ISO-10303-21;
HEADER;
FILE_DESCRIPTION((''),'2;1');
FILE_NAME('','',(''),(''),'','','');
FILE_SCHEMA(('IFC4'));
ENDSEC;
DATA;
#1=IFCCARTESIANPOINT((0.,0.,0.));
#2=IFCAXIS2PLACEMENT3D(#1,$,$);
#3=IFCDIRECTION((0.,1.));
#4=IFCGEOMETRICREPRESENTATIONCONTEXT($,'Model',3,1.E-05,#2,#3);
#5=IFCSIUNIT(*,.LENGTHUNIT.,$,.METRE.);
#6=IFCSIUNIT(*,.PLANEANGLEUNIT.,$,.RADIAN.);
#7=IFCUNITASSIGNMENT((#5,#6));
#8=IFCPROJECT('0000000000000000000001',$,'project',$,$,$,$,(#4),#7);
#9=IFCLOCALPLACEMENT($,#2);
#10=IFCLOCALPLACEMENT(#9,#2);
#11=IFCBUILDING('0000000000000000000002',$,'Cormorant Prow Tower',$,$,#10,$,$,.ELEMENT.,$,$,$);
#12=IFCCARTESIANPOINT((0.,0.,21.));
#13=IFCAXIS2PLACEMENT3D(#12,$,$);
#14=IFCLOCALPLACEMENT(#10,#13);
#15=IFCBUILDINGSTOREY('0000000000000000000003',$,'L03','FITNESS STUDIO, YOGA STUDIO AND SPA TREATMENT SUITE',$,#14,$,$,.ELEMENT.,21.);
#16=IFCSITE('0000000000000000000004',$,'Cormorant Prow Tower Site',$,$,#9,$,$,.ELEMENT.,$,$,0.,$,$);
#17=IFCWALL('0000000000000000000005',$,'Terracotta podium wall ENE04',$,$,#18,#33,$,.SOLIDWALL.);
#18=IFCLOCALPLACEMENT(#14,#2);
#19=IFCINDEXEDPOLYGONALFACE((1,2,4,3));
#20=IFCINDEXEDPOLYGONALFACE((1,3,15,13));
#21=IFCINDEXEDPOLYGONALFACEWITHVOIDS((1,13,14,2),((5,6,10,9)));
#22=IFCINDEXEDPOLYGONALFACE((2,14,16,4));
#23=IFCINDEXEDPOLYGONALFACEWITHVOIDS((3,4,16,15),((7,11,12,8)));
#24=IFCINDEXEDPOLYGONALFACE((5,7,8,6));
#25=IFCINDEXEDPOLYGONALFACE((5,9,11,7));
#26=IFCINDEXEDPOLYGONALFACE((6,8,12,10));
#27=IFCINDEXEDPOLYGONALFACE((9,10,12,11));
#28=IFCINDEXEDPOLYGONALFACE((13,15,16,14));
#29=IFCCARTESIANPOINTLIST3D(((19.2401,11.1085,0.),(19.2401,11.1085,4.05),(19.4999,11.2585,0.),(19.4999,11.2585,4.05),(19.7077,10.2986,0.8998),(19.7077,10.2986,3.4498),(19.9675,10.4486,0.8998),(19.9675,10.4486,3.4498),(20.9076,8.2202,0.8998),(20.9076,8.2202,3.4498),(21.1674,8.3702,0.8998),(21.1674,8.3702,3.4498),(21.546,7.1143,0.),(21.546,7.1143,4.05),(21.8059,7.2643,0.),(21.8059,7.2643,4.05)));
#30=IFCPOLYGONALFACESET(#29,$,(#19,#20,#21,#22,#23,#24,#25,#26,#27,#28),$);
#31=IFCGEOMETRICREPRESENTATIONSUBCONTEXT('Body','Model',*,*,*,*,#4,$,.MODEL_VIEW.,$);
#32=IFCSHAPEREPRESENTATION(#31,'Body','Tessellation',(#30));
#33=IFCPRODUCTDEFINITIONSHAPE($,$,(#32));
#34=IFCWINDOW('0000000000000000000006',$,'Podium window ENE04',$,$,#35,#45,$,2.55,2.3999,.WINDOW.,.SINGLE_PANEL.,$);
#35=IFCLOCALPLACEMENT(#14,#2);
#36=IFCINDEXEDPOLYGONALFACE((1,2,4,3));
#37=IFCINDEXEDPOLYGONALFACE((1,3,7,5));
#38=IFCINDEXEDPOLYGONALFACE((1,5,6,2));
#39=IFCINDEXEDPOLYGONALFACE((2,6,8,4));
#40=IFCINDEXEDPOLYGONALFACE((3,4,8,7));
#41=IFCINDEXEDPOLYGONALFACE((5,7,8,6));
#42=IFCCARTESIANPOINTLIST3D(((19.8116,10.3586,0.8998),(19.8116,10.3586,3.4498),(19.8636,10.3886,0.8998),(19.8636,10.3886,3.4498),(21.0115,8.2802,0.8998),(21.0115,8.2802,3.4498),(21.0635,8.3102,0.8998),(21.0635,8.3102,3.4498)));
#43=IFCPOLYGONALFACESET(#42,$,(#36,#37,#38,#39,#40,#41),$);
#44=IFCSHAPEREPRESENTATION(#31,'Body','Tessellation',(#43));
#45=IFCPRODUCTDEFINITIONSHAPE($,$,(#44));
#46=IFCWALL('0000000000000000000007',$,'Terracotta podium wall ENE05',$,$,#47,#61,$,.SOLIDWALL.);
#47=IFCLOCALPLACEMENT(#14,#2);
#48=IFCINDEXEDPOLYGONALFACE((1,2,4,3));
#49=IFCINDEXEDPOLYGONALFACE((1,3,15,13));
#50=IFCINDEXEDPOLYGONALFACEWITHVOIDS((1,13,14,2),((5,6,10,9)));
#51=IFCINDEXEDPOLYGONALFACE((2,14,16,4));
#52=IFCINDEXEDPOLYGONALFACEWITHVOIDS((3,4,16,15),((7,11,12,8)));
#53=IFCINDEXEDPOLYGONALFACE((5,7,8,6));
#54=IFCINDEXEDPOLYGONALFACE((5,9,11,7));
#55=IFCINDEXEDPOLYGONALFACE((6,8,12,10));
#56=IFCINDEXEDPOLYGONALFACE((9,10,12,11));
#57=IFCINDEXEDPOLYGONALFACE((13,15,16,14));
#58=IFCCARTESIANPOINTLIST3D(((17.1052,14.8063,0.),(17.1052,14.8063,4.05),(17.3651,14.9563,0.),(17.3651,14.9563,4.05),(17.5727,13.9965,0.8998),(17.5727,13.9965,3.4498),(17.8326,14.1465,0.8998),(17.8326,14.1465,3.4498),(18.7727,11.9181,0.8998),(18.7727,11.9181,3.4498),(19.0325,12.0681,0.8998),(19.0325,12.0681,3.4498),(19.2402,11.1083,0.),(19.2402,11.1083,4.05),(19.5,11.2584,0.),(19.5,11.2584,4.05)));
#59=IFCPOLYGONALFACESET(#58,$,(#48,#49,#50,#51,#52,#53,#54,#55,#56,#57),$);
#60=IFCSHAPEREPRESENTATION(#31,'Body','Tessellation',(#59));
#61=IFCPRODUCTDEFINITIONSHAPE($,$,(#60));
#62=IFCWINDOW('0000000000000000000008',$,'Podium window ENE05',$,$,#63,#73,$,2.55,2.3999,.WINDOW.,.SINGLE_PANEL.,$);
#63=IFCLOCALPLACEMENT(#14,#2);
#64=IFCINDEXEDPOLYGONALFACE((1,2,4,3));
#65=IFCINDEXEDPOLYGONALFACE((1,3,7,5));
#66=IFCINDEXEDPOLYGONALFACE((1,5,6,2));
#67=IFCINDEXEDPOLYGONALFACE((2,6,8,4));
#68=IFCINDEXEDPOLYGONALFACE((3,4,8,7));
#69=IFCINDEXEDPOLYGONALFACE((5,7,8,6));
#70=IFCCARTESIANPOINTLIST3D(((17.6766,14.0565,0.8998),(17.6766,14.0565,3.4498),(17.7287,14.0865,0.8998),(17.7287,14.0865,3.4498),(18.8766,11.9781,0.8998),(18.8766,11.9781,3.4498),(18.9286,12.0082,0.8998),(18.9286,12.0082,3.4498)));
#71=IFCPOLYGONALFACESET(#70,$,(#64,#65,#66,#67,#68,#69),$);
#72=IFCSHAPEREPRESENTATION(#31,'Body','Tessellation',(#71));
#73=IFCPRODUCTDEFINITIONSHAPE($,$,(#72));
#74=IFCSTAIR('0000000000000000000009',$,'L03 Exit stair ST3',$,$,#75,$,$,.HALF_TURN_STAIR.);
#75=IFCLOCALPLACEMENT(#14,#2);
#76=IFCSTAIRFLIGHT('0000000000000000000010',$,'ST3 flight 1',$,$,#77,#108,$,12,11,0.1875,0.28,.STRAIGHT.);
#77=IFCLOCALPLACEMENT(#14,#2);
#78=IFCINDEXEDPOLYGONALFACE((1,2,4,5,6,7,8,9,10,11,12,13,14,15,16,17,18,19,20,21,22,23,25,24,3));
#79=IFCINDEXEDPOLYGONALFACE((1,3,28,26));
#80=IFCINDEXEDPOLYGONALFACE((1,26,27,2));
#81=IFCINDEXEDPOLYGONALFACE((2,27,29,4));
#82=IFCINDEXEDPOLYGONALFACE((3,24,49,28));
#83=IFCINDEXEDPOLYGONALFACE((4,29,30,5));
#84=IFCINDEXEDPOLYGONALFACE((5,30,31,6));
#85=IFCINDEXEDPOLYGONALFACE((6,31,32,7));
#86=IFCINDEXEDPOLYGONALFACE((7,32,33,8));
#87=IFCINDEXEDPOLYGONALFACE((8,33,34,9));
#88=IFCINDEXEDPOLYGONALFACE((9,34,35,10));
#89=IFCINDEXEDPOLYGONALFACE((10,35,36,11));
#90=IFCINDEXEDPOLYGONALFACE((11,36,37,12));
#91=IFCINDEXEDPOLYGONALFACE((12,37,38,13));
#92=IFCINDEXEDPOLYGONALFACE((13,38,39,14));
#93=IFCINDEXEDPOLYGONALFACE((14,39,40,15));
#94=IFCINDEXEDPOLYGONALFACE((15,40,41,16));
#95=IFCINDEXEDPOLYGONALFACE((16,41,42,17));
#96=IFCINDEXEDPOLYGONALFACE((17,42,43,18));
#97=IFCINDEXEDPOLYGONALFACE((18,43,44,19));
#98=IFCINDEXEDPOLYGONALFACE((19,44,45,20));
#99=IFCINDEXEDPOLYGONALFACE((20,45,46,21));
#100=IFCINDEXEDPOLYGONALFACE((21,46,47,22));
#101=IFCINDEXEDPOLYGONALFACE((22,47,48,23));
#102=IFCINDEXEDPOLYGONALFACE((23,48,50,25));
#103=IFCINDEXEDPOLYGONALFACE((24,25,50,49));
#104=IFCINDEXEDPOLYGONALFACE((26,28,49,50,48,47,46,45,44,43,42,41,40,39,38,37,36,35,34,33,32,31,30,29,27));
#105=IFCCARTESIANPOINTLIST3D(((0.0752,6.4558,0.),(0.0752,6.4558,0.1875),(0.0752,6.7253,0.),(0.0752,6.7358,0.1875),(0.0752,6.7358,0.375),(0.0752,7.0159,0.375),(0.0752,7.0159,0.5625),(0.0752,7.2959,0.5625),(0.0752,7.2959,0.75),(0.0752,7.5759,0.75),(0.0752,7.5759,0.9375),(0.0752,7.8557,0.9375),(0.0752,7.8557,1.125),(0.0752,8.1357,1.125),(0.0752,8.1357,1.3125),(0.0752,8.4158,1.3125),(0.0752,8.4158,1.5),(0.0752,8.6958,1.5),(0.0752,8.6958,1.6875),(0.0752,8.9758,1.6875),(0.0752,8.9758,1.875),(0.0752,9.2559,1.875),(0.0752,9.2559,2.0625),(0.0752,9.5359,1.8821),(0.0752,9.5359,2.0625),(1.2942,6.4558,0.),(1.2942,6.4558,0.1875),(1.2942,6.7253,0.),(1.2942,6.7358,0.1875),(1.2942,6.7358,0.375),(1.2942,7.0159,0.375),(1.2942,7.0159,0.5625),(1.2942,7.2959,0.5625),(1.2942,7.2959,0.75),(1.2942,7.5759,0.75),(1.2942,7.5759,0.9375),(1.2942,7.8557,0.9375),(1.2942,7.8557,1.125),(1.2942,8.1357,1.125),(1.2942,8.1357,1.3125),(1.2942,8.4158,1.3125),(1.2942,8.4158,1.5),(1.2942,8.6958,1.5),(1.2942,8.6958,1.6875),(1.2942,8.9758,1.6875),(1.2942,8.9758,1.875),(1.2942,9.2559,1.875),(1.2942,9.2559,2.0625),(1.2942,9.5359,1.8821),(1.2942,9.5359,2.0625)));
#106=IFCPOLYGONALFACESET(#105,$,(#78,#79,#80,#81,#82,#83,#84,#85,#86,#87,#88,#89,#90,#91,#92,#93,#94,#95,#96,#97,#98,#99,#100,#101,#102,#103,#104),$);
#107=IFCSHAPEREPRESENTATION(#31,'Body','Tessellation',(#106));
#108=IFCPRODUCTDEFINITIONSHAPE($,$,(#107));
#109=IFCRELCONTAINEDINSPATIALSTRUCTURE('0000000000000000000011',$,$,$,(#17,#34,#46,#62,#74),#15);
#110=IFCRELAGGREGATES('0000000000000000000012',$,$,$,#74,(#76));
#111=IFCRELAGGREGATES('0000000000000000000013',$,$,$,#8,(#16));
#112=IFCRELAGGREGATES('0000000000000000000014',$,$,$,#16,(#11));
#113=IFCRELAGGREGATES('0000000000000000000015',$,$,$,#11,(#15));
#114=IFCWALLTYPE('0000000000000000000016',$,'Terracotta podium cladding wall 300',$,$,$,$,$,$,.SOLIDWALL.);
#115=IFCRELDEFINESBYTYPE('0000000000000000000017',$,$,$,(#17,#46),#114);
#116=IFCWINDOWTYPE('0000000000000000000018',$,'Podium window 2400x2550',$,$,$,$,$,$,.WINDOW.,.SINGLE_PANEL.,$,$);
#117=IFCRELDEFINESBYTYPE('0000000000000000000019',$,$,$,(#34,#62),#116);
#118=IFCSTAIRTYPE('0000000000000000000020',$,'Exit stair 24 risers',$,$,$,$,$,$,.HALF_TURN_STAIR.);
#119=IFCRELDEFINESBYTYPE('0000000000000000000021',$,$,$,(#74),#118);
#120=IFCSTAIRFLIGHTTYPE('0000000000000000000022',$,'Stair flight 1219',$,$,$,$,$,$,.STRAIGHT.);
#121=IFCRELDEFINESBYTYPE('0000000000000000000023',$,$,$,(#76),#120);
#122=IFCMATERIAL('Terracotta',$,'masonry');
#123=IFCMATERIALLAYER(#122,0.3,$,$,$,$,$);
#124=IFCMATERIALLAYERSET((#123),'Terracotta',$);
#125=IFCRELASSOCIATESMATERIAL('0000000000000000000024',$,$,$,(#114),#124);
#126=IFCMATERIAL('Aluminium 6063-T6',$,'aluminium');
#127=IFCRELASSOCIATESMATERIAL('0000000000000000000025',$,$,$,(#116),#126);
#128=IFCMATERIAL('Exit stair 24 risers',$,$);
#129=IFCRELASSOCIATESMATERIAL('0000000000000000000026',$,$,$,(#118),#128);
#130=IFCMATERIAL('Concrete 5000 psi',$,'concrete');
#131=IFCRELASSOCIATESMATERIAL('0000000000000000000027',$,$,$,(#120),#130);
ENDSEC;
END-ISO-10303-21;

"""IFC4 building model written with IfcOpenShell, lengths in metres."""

from ifc_helpers import new_model, si_unit, direction, frame, frame_2d, origin, place, context, subcontext, project, spatial, polyline, rectangle, outline, extrude, material, layer, layer_set, type_object, element, fill, aggregate, save


model = new_model("IFC4")

# Units and contexts
model_context = context("Model", 3, precision=1e-05, world=origin(), true_north=direction((0.0, 1.0)))
body_context = subcontext(model_context, "Body", "Model", "MODEL_VIEW")
ifc_project = project(units=[si_unit("LENGTHUNIT", "METRE"), si_unit("PLANEANGLEUNIT", "RADIAN")], contexts=[model_context])

# Site, building, storey
site_placement = place(None, origin())
site = spatial("IfcSite", under=ifc_project, at=site_placement, Name="Cormorant Prow Tower Site", CompositionType="ELEMENT", RefElevation=0.0)
building_placement = place(site_placement, origin())
building = spatial("IfcBuilding", under=site, at=building_placement, Name="Cormorant Prow Tower", CompositionType="ELEMENT")
storey_placement = place(building_placement, frame((0.0, 0.0, 21.0)))
storey = spatial("IfcBuildingStorey", under=building, at=storey_placement, Name="L03", Description="FITNESS STUDIO, YOGA STUDIO AND SPA TREATMENT SUITE", CompositionType="ELEMENT", Elevation=21.0)

# Walls, openings, windows
ifc_material_1 = material(Name="Terracotta", Category="masonry")
ifc_layer_1 = layer(ifc_material_1, 0.3)
ifc_layer_set_1 = layer_set([ifc_layer_1], Name="Terracotta")
wall_type_1 = type_object("IfcWallType", Name="Terracotta podium cladding wall 300", PredefinedType="SOLIDWALL", material=ifc_layer_set_1)
wall_1_placement = place(storey_placement, frame((21.676, 7.1892, 0.0), z_axis=(0.0, 0.0, 1.0), x_axis=(-0.499982, 0.866036, 0.0)))
wall_1 = element("IfcWall", 1, at=wall_1_placement, inside=storey, type_object=wall_type_1, Name="Terracotta podium wall ENE04", PredefinedType="SOLIDWALL", context=body_context, shape_type="SweptSolid", body=[
    extrude(rectangle(XDim=4.6121, YDim=0.3, at=frame_2d((2.3062, 0.0))), origin(), (0.0, 0.0, 1.0), 4.05),
])
opening_1_placement = place(wall_1_placement, frame((1.2771, 0.0, 0.8999)))
opening_1 = element("IfcOpeningElement", 2, at=opening_1_placement, cuts=wall_1, PredefinedType="OPENING", context=body_context, shape_type="SweptSolid", body=[
    extrude(rectangle(XDim=2.3999, YDim=2.55, at=frame_2d((1.2, 1.2749))), frame((0.0, 0.1599, 0.0), z_axis=(0.0, -1.0, 0.0), x_axis=(1.0, 0.0, 0.0)), (0.0, 0.0, 1.0), 0.3201),
])
ifc_material_2 = material(Name="Aluminium 6063-T6", Category="aluminium")
window_type = type_object("IfcWindowType", Name="Podium window 2400x2550", PartitioningType="SINGLE_PANEL", PredefinedType="WINDOW", material=ifc_material_2)
window_1_placement = place(opening_1_placement, origin())
window_1 = element("IfcWindow", 3, at=window_1_placement, inside=storey, type_object=window_type, Name="Podium window ENE04", OverallHeight=2.55, OverallWidth=2.3999, PartitioningType="SINGLE_PANEL", PredefinedType="WINDOW", context=body_context, shape_type="SweptSolid", body=[
    extrude(rectangle(XDim=2.3999, YDim=2.55, at=frame_2d((1.2, 1.2749))), frame((0.0, 0.03, 0.0), z_axis=(0.0, -1.0, 0.0), x_axis=(1.0, 0.0, 0.0)), (0.0, 0.0, 1.0), 0.0601),
])
fill(opening_1, window_1)
wall_2_placement = place(storey_placement, frame((19.3701, 11.1833, 0.0), z_axis=(0.0, 0.0, 1.0), x_axis=(-0.499995, 0.866028, 0.0)))
wall_2 = element("IfcWall", 4, at=wall_2_placement, inside=storey, type_object=wall_type_1, Name="Terracotta podium wall ENE05", PredefinedType="SOLIDWALL", context=body_context, shape_type="SweptSolid", body=[
    extrude(rectangle(XDim=4.27, YDim=0.3, at=frame_2d((2.135, 0.0))), origin(), (0.0, 0.0, 1.0), 4.05),
])
opening_2_placement = place(wall_2_placement, frame((0.9351, 0.0, 0.8999)))
opening_2 = element("IfcOpeningElement", 5, at=opening_2_placement, cuts=wall_2, PredefinedType="OPENING", context=body_context, shape_type="SweptSolid", body=[
    extrude(rectangle(XDim=2.3999, YDim=2.55, at=frame_2d((1.2, 1.2749))), frame((0.0, 0.1599, 0.0), z_axis=(0.0, -1.0, 0.0), x_axis=(1.0, 0.0, 0.0)), (0.0, 0.0, 1.0), 0.3201),
])
window_2_placement = place(opening_2_placement, origin())
window_2 = element("IfcWindow", 6, at=window_2_placement, inside=storey, type_object=window_type, Name="Podium window ENE05", OverallHeight=2.55, OverallWidth=2.3999, PartitioningType="SINGLE_PANEL", PredefinedType="WINDOW", context=body_context, shape_type="SweptSolid", body=[
    extrude(rectangle(XDim=2.3999, YDim=2.55, at=frame_2d((1.2, 1.2749))), frame((0.0, 0.03, 0.0), z_axis=(0.0, -1.0, 0.0), x_axis=(1.0, 0.0, 0.0)), (0.0, 0.0, 1.0), 0.0601),
])
fill(opening_2, window_2)

# Stair, stair flight
ifc_material_3 = material(Name="Exit stair 24 risers")
stair_type = type_object("IfcStairType", Name="Exit stair 24 risers", PredefinedType="HALF_TURN_STAIR", material=ifc_material_3)
stair_placement = place(storey_placement, origin())
stair = element("IfcStair", 7, at=stair_placement, inside=storey, type_object=stair_type, Name="L03 Exit stair ST3", PredefinedType="HALF_TURN_STAIR")
ifc_material_4 = material(Name="Concrete 5000 psi", Category="concrete")
stair_flight_type = type_object("IfcStairFlightType", Name="Stair flight 1219", PredefinedType="STRAIGHT", material=ifc_material_4)
stair_flight_placement = place(storey_placement, frame((0.6846, 6.4558, 0.0), z_axis=(0.0, 0.0, 1.0), x_axis=(0.0, 1.0, 0.0)))
stair_flight = element("IfcStairFlight", 8, at=stair_flight_placement, type_object=stair_flight_type, Name="ST3 flight 1", NumberOfRisers=12, NumberOfTreads=11, PredefinedType="STRAIGHT", RiserHeight=0.1875, TreadLength=0.28, context=body_context, shape_type="SweptSolid", body=[
    extrude(outline(polyline([(0.0, 0.0), (0.0, 0.1875), (0.28, 0.1875), (0.28, 0.375), (0.5601, 0.375), (0.5601, 0.5625), (0.8401, 0.5625), (0.8401, 0.75), (1.1201, 0.75), (1.1201, 0.9375), (1.3999, 0.9375), (1.3999, 1.125), (1.6799, 1.125), (1.6799, 1.3125), (1.96, 1.3125), (1.96, 1.5), (2.24, 1.5), (2.24, 1.6875), (2.52, 1.6875), (2.52, 1.875), (2.8, 1.875), (2.8, 2.0625), (3.0801, 2.0625), (3.0801, 2.25), (3.0801, 1.8821), (0.2695, 0.0), (0.0, 0.0)])), frame((0.0, 0.6094, 0.0), z_axis=(0.0, -1.0, 0.0), x_axis=(1.0, 0.0, 0.0)), (0.0, 0.0, 1.0), 1.219),
])
aggregate(stair, [stair_flight])

save(model, "model.ifc")
